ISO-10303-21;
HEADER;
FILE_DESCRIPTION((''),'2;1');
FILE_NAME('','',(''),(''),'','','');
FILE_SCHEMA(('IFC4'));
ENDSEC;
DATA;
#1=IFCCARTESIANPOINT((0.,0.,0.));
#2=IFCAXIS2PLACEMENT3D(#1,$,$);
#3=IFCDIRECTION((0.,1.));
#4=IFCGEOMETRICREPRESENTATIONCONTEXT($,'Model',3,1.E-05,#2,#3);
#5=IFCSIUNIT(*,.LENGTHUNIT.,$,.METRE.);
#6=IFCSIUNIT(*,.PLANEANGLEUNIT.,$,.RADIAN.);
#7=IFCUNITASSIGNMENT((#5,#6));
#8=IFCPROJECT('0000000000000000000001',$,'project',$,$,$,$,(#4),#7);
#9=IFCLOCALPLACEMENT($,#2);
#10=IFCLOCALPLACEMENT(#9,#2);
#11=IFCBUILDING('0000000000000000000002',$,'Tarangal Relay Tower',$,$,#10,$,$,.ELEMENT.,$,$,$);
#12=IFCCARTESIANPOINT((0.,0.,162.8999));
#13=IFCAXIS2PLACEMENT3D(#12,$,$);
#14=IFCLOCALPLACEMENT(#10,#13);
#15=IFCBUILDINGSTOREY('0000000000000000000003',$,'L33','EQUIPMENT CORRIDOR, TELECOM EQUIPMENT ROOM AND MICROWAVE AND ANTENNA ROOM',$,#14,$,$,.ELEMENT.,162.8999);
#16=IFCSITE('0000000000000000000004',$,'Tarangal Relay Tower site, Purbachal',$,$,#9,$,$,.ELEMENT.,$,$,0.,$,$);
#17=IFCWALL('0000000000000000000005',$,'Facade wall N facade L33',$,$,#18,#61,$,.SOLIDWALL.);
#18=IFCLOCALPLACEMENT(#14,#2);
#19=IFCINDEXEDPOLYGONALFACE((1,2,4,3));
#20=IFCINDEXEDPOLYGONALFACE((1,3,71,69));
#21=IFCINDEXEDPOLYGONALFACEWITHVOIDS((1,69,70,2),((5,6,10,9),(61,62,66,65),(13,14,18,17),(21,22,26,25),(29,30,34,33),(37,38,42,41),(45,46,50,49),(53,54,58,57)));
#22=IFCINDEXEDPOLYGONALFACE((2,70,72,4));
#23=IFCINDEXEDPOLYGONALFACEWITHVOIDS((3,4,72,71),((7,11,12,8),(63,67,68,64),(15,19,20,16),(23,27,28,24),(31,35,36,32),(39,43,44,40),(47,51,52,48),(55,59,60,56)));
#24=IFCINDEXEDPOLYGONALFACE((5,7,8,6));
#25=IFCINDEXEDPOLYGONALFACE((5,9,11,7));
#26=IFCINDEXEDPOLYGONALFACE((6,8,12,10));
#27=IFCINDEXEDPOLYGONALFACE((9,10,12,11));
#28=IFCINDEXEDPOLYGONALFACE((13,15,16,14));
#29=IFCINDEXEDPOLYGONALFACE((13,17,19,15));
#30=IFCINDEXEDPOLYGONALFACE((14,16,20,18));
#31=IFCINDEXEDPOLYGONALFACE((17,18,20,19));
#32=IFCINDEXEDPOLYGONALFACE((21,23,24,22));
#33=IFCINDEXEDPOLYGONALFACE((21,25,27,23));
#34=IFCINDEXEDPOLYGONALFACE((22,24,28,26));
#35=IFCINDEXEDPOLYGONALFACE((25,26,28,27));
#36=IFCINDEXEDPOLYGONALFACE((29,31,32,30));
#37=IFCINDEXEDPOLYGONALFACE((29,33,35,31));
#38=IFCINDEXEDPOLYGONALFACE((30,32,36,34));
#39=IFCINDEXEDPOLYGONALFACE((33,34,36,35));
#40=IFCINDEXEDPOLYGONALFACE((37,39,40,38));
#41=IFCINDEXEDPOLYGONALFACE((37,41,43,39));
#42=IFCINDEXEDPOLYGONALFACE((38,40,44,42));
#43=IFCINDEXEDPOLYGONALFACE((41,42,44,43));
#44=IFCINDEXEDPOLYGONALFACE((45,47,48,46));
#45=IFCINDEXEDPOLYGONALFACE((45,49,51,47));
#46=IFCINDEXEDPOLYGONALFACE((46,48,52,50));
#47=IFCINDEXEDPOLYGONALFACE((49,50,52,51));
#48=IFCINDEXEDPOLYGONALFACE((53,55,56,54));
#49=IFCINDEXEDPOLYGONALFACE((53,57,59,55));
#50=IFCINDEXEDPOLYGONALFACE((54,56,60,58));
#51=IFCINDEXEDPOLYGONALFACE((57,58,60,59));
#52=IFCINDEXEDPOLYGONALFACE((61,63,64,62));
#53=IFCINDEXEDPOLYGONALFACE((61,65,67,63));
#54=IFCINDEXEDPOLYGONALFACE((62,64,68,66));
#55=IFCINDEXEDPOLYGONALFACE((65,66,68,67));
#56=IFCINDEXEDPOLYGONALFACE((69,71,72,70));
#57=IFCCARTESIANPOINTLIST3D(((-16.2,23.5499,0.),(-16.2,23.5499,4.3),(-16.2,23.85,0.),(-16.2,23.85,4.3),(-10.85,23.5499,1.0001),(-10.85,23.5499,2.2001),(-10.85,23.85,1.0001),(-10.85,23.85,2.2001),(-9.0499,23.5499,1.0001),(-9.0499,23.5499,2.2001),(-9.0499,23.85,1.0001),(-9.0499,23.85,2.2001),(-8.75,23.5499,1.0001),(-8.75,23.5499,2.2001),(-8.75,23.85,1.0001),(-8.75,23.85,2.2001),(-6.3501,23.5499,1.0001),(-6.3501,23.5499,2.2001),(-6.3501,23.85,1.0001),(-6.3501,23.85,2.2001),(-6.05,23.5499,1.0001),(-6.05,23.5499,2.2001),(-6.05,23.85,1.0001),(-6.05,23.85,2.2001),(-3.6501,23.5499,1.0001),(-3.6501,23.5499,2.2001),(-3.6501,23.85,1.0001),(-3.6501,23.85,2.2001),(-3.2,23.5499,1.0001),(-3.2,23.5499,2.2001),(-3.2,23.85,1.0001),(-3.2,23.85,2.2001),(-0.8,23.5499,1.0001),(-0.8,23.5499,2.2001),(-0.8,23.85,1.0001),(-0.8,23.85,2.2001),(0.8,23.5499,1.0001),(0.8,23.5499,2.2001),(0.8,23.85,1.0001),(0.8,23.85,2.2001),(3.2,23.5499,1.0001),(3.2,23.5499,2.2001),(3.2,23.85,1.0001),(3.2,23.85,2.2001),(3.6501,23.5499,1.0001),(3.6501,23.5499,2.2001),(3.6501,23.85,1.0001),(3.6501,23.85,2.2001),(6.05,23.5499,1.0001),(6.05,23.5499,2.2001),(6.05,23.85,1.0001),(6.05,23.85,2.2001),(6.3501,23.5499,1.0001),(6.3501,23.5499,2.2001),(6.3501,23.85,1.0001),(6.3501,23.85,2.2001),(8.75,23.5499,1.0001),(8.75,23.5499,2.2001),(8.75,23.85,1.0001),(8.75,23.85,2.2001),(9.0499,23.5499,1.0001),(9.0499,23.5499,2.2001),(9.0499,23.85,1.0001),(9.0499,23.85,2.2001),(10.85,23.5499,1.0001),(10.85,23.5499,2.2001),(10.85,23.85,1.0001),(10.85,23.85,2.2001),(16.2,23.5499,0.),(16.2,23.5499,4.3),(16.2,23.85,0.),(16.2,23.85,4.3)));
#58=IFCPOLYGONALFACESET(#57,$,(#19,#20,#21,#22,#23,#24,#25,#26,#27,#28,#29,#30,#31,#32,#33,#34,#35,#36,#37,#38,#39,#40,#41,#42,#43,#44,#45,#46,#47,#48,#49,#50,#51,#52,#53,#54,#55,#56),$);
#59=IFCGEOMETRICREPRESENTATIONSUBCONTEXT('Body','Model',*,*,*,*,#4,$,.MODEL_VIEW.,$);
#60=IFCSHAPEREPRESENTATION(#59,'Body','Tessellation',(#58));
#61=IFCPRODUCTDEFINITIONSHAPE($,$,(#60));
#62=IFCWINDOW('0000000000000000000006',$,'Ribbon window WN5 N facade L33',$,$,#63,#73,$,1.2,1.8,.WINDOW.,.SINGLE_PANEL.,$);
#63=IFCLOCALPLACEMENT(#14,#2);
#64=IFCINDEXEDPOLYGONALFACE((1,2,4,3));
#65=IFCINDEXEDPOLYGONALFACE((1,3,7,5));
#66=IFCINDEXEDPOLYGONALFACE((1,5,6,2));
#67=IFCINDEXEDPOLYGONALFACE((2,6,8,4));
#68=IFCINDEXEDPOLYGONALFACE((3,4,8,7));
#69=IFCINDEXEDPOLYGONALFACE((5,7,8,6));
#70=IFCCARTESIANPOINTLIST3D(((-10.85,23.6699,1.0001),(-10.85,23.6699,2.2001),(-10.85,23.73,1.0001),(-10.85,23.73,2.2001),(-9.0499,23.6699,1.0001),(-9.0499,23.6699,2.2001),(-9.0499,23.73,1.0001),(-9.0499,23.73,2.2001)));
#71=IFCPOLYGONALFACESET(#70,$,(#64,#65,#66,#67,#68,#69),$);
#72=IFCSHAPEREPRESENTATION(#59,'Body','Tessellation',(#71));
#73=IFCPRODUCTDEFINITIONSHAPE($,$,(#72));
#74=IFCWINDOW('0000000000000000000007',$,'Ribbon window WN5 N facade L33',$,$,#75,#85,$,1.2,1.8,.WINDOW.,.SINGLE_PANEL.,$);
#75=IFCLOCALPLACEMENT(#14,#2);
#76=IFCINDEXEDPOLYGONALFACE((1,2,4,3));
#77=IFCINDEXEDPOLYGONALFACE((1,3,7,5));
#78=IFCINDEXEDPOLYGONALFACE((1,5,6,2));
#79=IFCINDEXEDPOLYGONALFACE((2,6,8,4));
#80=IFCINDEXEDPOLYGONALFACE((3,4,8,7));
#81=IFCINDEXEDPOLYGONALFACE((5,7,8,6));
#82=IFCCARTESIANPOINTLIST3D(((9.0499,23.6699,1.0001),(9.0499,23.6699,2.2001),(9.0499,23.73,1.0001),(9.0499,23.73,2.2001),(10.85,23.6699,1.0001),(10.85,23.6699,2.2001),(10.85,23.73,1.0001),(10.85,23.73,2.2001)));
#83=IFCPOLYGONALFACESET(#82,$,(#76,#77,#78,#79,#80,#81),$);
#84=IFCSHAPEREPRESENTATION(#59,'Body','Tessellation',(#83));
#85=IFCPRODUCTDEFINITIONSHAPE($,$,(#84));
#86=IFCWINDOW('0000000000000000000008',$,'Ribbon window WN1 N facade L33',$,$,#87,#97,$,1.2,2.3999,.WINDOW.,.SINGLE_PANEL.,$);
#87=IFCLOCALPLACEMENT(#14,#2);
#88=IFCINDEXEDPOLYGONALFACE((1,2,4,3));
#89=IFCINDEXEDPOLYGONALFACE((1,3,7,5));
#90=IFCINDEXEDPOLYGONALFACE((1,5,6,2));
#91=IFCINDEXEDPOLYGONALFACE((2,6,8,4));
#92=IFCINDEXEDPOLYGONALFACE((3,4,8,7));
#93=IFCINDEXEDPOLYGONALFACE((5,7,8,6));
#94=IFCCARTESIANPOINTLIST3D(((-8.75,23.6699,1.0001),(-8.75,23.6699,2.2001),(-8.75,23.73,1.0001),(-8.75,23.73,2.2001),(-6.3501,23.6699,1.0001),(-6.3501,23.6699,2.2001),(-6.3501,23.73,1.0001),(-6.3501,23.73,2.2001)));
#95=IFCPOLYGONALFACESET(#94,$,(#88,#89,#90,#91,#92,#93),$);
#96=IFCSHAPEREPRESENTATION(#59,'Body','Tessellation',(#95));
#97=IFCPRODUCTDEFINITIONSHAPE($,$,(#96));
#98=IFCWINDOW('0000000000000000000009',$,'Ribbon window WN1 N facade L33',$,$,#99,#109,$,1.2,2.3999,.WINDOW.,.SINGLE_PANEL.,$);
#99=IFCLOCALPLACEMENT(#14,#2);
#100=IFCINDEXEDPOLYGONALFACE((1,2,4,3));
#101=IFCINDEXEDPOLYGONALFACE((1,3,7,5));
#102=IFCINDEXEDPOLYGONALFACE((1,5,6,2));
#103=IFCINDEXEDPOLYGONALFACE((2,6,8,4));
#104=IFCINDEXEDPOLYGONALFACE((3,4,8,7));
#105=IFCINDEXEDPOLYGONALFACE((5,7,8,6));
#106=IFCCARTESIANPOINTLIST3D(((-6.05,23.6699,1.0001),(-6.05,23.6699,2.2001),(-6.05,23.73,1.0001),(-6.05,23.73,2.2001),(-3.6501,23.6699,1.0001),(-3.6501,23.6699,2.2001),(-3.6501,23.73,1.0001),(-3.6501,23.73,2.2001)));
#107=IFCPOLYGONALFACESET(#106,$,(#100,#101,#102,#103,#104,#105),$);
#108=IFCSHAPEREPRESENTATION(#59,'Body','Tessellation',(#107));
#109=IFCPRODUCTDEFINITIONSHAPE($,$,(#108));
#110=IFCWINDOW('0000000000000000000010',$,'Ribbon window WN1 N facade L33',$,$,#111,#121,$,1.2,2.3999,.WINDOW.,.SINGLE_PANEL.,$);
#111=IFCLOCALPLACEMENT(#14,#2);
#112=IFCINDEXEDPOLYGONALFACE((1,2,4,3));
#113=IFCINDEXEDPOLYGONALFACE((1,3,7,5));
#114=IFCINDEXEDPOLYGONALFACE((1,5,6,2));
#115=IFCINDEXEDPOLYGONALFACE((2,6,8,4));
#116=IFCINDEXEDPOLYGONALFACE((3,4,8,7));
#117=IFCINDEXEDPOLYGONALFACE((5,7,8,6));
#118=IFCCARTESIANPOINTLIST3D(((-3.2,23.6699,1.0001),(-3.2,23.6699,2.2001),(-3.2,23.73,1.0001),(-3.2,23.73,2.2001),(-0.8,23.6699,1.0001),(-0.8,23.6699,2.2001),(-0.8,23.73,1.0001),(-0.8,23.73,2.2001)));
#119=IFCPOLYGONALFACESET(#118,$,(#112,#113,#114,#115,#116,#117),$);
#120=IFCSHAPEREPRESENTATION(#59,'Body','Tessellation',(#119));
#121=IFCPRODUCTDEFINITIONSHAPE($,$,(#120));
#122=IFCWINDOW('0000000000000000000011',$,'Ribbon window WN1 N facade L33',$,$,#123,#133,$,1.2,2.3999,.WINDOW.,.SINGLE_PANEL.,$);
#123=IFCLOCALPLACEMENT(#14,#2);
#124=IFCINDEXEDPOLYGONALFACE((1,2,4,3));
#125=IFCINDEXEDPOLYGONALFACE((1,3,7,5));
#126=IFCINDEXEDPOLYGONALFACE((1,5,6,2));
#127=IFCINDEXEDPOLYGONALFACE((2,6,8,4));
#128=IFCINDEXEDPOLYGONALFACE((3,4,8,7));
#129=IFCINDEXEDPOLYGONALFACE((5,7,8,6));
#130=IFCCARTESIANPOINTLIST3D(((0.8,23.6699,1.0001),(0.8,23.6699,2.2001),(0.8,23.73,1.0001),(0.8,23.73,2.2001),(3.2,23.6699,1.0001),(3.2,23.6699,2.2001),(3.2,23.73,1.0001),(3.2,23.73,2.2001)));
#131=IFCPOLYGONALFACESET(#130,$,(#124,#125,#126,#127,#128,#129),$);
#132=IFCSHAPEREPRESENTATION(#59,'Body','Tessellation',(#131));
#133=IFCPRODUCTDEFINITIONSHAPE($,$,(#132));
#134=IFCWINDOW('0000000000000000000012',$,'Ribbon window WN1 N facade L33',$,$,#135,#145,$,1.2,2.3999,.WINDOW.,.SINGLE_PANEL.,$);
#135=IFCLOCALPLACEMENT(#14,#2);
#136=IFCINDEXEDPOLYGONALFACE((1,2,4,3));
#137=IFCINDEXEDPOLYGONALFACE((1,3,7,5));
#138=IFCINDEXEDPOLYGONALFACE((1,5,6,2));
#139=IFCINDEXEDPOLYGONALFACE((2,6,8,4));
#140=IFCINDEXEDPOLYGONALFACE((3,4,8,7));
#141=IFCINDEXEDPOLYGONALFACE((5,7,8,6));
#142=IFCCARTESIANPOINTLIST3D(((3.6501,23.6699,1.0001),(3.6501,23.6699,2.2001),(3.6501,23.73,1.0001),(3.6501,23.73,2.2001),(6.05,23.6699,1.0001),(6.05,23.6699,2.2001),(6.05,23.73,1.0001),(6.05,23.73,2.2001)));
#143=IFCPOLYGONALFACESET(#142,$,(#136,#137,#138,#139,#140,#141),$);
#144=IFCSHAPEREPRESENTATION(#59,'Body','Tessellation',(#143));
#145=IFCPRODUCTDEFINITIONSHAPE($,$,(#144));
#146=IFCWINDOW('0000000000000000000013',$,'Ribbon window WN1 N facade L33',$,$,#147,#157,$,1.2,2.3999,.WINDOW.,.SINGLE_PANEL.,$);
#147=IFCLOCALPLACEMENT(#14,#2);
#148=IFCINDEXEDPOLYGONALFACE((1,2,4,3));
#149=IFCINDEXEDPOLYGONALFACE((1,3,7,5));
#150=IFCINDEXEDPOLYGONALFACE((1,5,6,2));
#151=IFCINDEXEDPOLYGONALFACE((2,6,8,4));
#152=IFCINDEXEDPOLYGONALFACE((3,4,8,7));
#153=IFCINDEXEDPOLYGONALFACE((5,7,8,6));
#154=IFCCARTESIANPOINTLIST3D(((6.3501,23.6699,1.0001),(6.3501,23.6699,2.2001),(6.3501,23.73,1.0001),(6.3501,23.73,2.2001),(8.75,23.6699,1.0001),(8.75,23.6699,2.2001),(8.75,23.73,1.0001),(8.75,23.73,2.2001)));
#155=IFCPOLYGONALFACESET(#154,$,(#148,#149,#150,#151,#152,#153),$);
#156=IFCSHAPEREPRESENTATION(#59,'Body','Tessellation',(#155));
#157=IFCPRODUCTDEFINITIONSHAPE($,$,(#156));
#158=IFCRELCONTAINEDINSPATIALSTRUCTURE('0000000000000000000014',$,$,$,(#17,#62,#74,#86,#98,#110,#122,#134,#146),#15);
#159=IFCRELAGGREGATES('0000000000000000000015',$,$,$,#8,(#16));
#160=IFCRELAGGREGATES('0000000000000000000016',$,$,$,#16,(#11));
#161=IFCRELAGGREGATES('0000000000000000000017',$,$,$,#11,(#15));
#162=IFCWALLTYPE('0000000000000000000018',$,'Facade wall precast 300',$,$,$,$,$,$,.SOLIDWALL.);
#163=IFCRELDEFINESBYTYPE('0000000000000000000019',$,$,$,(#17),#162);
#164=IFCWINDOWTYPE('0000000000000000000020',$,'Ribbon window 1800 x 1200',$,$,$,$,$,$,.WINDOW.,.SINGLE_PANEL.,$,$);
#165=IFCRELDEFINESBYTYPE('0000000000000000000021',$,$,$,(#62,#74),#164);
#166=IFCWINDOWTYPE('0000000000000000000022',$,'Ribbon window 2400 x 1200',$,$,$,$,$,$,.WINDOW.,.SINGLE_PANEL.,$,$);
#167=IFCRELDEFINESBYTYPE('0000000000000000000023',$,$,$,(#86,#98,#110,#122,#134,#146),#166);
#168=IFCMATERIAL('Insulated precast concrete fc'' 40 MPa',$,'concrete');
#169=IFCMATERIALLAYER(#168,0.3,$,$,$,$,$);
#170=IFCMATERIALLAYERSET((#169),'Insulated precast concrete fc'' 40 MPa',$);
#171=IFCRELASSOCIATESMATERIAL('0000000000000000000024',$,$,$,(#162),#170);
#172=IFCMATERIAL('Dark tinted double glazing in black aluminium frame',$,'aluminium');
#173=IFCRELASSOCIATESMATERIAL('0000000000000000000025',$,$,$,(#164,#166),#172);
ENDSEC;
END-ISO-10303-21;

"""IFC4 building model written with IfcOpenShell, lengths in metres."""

from ifc_helpers import new_model, si_unit, direction, frame, frame_2d, origin, place, context, subcontext, project, spatial, rectangle, extrude, material, layer, layer_set, type_object, element, fill, save


model = new_model("IFC4")

# Units and contexts
model_context = context("Model", 3, precision=1e-05, world=origin(), true_north=direction((0.0, 1.0)))
body_context = subcontext(model_context, "Body", "Model", "MODEL_VIEW")
ifc_project = project(units=[si_unit("LENGTHUNIT", "METRE"), si_unit("PLANEANGLEUNIT", "RADIAN")], contexts=[model_context])

# Site, building, storey
site_placement = place(None, origin())
site = spatial("IfcSite", under=ifc_project, at=site_placement, Name="Tarangal Relay Tower site, Purbachal", CompositionType="ELEMENT", RefElevation=0.0)
building_placement = place(site_placement, origin())
building = spatial("IfcBuilding", under=site, at=building_placement, Name="Tarangal Relay Tower", CompositionType="ELEMENT")
storey_placement = place(building_placement, frame((0.0, 0.0, 162.8999)))
storey = spatial("IfcBuildingStorey", under=building, at=storey_placement, Name="L33", Description="EQUIPMENT CORRIDOR, TELECOM EQUIPMENT ROOM AND MICROWAVE AND ANTENNA ROOM", CompositionType="ELEMENT", Elevation=162.8999)

# Wall, openings, windows
ifc_material_1 = material(Name="Insulated precast concrete fc' 40 MPa", Category="concrete")
ifc_layer_1 = layer(ifc_material_1, 0.3)
ifc_layer_set_1 = layer_set([ifc_layer_1], Name="Insulated precast concrete fc' 40 MPa")
wall_type_1 = type_object("IfcWallType", Name="Facade wall precast 300", PredefinedType="SOLIDWALL", material=ifc_layer_set_1)
wall_1_placement = place(storey_placement, frame((-16.2, 23.7, 0.0), z_axis=(0.0, 0.0, 1.0), x_axis=(1.0, 0.0, 0.0)))
wall_1 = element("IfcWall", 1, at=wall_1_placement, inside=storey, type_object=wall_type_1, Name="Facade wall N facade L33", PredefinedType="SOLIDWALL", context=body_context, shape_type="SweptSolid", body=[
    extrude(rectangle(XDim=32.3999, YDim=0.3, at=frame_2d((16.2, 0.0))), origin(), (0.0, 0.0, 1.0), 4.3),
])
opening_1_placement = place(wall_1_placement, frame((5.3501, 0.0, 1.0)))
opening_1 = element("IfcOpeningElement", 2, at=opening_1_placement, cuts=wall_1, PredefinedType="OPENING", context=body_context, shape_type="SweptSolid", body=[
    extrude(rectangle(XDim=1.8, YDim=1.2, at=frame_2d((0.8999, 0.6001))), frame((0.0, 0.1599, 0.0), z_axis=(0.0, -1.0, 0.0), x_axis=(1.0, 0.0, 0.0)), (0.0, 0.0, 1.0), 0.3201),
])
opening_2_placement = place(wall_1_placement, frame((7.45, 0.0, 1.0)))
opening_2 = element("IfcOpeningElement", 3, at=opening_2_placement, cuts=wall_1, PredefinedType="OPENING", context=body_context, shape_type="SweptSolid", body=[
    extrude(rectangle(XDim=2.3999, YDim=1.2, at=frame_2d((1.2, 0.6001))), frame((0.0, 0.1599, 0.0), z_axis=(0.0, -1.0, 0.0), x_axis=(1.0, 0.0, 0.0)), (0.0, 0.0, 1.0), 0.3201),
])
opening_3_placement = place(wall_1_placement, frame((10.1499, 0.0, 1.0)))
opening_3 = element("IfcOpeningElement", 4, at=opening_3_placement, cuts=wall_1, PredefinedType="OPENING", context=body_context, shape_type="SweptSolid", body=[
    extrude(rectangle(XDim=2.3999, YDim=1.2, at=frame_2d((1.2, 0.6001))), frame((0.0, 0.1599, 0.0), z_axis=(0.0, -1.0, 0.0), x_axis=(1.0, 0.0, 0.0)), (0.0, 0.0, 1.0), 0.3201),
])
opening_4_placement = place(wall_1_placement, frame((13.0, 0.0, 1.0)))
opening_4 = element("IfcOpeningElement", 5, at=opening_4_placement, cuts=wall_1, PredefinedType="OPENING", context=body_context, shape_type="SweptSolid", body=[
    extrude(rectangle(XDim=2.3999, YDim=1.2, at=frame_2d((1.2, 0.6001))), frame((0.0, 0.1599, 0.0), z_axis=(0.0, -1.0, 0.0), x_axis=(1.0, 0.0, 0.0)), (0.0, 0.0, 1.0), 0.3201),
])
opening_5_placement = place(wall_1_placement, frame((17.0, 0.0, 1.0)))
opening_5 = element("IfcOpeningElement", 6, at=opening_5_placement, cuts=wall_1, PredefinedType="OPENING", context=body_context, shape_type="SweptSolid", body=[
    extrude(rectangle(XDim=2.3999, YDim=1.2, at=frame_2d((1.2, 0.6001))), frame((0.0, 0.1599, 0.0), z_axis=(0.0, -1.0, 0.0), x_axis=(1.0, 0.0, 0.0)), (0.0, 0.0, 1.0), 0.3201),
])
opening_6_placement = place(wall_1_placement, frame((19.8501, 0.0, 1.0)))
opening_6 = element("IfcOpeningElement", 7, at=opening_6_placement, cuts=wall_1, PredefinedType="OPENING", context=body_context, shape_type="SweptSolid", body=[
    extrude(rectangle(XDim=2.3999, YDim=1.2, at=frame_2d((1.2, 0.6001))), frame((0.0, 0.1599, 0.0), z_axis=(0.0, -1.0, 0.0), x_axis=(1.0, 0.0, 0.0)), (0.0, 0.0, 1.0), 0.3201),
])
opening_7_placement = place(wall_1_placement, frame((22.55, 0.0, 1.0)))
opening_7 = element("IfcOpeningElement", 8, at=opening_7_placement, cuts=wall_1, PredefinedType="OPENING", context=body_context, shape_type="SweptSolid", body=[
    extrude(rectangle(XDim=2.3999, YDim=1.2, at=frame_2d((1.2, 0.6001))), frame((0.0, 0.1599, 0.0), z_axis=(0.0, -1.0, 0.0), x_axis=(1.0, 0.0, 0.0)), (0.0, 0.0, 1.0), 0.3201),
])
opening_8_placement = place(wall_1_placement, frame((25.25, 0.0, 1.0)))
opening_8 = element("IfcOpeningElement", 9, at=opening_8_placement, cuts=wall_1, PredefinedType="OPENING", context=body_context, shape_type="SweptSolid", body=[
    extrude(rectangle(XDim=1.8, YDim=1.2, at=frame_2d((0.8999, 0.6001))), frame((0.0, 0.1599, 0.0), z_axis=(0.0, -1.0, 0.0), x_axis=(1.0, 0.0, 0.0)), (0.0, 0.0, 1.0), 0.3201),
])
ifc_material_2 = material(Name="Dark tinted double glazing in black aluminium frame", Category="aluminium")
window_type_1 = type_object("IfcWindowType", Name="Ribbon window 1800 x 1200", PartitioningType="SINGLE_PANEL", PredefinedType="WINDOW", material=ifc_material_2)
window_1_placement = place(opening_1_placement, origin())
window_1 = element("IfcWindow", 10, at=window_1_placement, inside=storey, type_object=window_type_1, Name="Ribbon window WN5 N facade L33", OverallHeight=1.2, OverallWidth=1.8, PartitioningType="SINGLE_PANEL", PredefinedType="WINDOW", context=body_context, shape_type="SweptSolid", body=[
    extrude(rectangle(XDim=1.8, YDim=1.2, at=frame_2d((0.8999, 0.6001))), frame((0.0, 0.03, 0.0), z_axis=(0.0, -1.0, 0.0), x_axis=(1.0, 0.0, 0.0)), (0.0, 0.0, 1.0), 0.0601),
])
fill(opening_1, window_1)
window_2_placement = place(opening_8_placement, origin())
window_2 = element("IfcWindow", 11, at=window_2_placement, inside=storey, type_object=window_type_1, Name="Ribbon window WN5 N facade L33", OverallHeight=1.2, OverallWidth=1.8, PartitioningType="SINGLE_PANEL", PredefinedType="WINDOW", context=body_context, shape_type="SweptSolid", body=[
    extrude(rectangle(XDim=1.8, YDim=1.2, at=frame_2d((0.8999, 0.6001))), frame((0.0, 0.03, 0.0), z_axis=(0.0, -1.0, 0.0), x_axis=(1.0, 0.0, 0.0)), (0.0, 0.0, 1.0), 0.0601),
])
fill(opening_8, window_2)
window_type_2 = type_object("IfcWindowType", Name="Ribbon window 2400 x 1200", PartitioningType="SINGLE_PANEL", PredefinedType="WINDOW", material=ifc_material_2)
window_3_placement = place(opening_2_placement, origin())
window_3 = element("IfcWindow", 12, at=window_3_placement, inside=storey, type_object=window_type_2, Name="Ribbon window WN1 N facade L33", OverallHeight=1.2, OverallWidth=2.3999, PartitioningType="SINGLE_PANEL", PredefinedType="WINDOW", context=body_context, shape_type="SweptSolid", body=[
    extrude(rectangle(XDim=2.3999, YDim=1.2, at=frame_2d((1.2, 0.6001))), frame((0.0, 0.03, 0.0), z_axis=(0.0, -1.0, 0.0), x_axis=(1.0, 0.0, 0.0)), (0.0, 0.0, 1.0), 0.0601),
])
fill(opening_2, window_3)
window_4_placement = place(opening_3_placement, origin())
window_4 = element("IfcWindow", 13, at=window_4_placement, inside=storey, type_object=window_type_2, Name="Ribbon window WN1 N facade L33", OverallHeight=1.2, OverallWidth=2.3999, PartitioningType="SINGLE_PANEL", PredefinedType="WINDOW", context=body_context, shape_type="SweptSolid", body=[
    extrude(rectangle(XDim=2.3999, YDim=1.2, at=frame_2d((1.2, 0.6001))), frame((0.0, 0.03, 0.0), z_axis=(0.0, -1.0, 0.0), x_axis=(1.0, 0.0, 0.0)), (0.0, 0.0, 1.0), 0.0601),
])
fill(opening_3, window_4)
window_5_placement = place(opening_4_placement, origin())
window_5 = element("IfcWindow", 14, at=window_5_placement, inside=storey, type_object=window_type_2, Name="Ribbon window WN1 N facade L33", OverallHeight=1.2, OverallWidth=2.3999, PartitioningType="SINGLE_PANEL", PredefinedType="WINDOW", context=body_context, shape_type="SweptSolid", body=[
    extrude(rectangle(XDim=2.3999, YDim=1.2, at=frame_2d((1.2, 0.6001))), frame((0.0, 0.03, 0.0), z_axis=(0.0, -1.0, 0.0), x_axis=(1.0, 0.0, 0.0)), (0.0, 0.0, 1.0), 0.0601),
])
fill(opening_4, window_5)
window_6_placement = place(opening_5_placement, origin())
window_6 = element("IfcWindow", 15, at=window_6_placement, inside=storey, type_object=window_type_2, Name="Ribbon window WN1 N facade L33", OverallHeight=1.2, OverallWidth=2.3999, PartitioningType="SINGLE_PANEL", PredefinedType="WINDOW", context=body_context, shape_type="SweptSolid", body=[
    extrude(rectangle(XDim=2.3999, YDim=1.2, at=frame_2d((1.2, 0.6001))), frame((0.0, 0.03, 0.0), z_axis=(0.0, -1.0, 0.0), x_axis=(1.0, 0.0, 0.0)), (0.0, 0.0, 1.0), 0.0601),
])
fill(opening_5, window_6)
window_7_placement = place(opening_6_placement, origin())
window_7 = element("IfcWindow", 16, at=window_7_placement, inside=storey, type_object=window_type_2, Name="Ribbon window WN1 N facade L33", OverallHeight=1.2, OverallWidth=2.3999, PartitioningType="SINGLE_PANEL", PredefinedType="WINDOW", context=body_context, shape_type="SweptSolid", body=[
    extrude(rectangle(XDim=2.3999, YDim=1.2, at=frame_2d((1.2, 0.6001))), frame((0.0, 0.03, 0.0), z_axis=(0.0, -1.0, 0.0), x_axis=(1.0, 0.0, 0.0)), (0.0, 0.0, 1.0), 0.0601),
])
fill(opening_6, window_7)
window_8_placement = place(opening_7_placement, origin())
window_8 = element("IfcWindow", 17, at=window_8_placement, inside=storey, type_object=window_type_2, Name="Ribbon window WN1 N facade L33", OverallHeight=1.2, OverallWidth=2.3999, PartitioningType="SINGLE_PANEL", PredefinedType="WINDOW", context=body_context, shape_type="SweptSolid", body=[
    extrude(rectangle(XDim=2.3999, YDim=1.2, at=frame_2d((1.2, 0.6001))), frame((0.0, 0.03, 0.0), z_axis=(0.0, -1.0, 0.0), x_axis=(1.0, 0.0, 0.0)), (0.0, 0.0, 1.0), 0.0601),
])
fill(opening_7, window_8)

save(model, "model.ifc")
